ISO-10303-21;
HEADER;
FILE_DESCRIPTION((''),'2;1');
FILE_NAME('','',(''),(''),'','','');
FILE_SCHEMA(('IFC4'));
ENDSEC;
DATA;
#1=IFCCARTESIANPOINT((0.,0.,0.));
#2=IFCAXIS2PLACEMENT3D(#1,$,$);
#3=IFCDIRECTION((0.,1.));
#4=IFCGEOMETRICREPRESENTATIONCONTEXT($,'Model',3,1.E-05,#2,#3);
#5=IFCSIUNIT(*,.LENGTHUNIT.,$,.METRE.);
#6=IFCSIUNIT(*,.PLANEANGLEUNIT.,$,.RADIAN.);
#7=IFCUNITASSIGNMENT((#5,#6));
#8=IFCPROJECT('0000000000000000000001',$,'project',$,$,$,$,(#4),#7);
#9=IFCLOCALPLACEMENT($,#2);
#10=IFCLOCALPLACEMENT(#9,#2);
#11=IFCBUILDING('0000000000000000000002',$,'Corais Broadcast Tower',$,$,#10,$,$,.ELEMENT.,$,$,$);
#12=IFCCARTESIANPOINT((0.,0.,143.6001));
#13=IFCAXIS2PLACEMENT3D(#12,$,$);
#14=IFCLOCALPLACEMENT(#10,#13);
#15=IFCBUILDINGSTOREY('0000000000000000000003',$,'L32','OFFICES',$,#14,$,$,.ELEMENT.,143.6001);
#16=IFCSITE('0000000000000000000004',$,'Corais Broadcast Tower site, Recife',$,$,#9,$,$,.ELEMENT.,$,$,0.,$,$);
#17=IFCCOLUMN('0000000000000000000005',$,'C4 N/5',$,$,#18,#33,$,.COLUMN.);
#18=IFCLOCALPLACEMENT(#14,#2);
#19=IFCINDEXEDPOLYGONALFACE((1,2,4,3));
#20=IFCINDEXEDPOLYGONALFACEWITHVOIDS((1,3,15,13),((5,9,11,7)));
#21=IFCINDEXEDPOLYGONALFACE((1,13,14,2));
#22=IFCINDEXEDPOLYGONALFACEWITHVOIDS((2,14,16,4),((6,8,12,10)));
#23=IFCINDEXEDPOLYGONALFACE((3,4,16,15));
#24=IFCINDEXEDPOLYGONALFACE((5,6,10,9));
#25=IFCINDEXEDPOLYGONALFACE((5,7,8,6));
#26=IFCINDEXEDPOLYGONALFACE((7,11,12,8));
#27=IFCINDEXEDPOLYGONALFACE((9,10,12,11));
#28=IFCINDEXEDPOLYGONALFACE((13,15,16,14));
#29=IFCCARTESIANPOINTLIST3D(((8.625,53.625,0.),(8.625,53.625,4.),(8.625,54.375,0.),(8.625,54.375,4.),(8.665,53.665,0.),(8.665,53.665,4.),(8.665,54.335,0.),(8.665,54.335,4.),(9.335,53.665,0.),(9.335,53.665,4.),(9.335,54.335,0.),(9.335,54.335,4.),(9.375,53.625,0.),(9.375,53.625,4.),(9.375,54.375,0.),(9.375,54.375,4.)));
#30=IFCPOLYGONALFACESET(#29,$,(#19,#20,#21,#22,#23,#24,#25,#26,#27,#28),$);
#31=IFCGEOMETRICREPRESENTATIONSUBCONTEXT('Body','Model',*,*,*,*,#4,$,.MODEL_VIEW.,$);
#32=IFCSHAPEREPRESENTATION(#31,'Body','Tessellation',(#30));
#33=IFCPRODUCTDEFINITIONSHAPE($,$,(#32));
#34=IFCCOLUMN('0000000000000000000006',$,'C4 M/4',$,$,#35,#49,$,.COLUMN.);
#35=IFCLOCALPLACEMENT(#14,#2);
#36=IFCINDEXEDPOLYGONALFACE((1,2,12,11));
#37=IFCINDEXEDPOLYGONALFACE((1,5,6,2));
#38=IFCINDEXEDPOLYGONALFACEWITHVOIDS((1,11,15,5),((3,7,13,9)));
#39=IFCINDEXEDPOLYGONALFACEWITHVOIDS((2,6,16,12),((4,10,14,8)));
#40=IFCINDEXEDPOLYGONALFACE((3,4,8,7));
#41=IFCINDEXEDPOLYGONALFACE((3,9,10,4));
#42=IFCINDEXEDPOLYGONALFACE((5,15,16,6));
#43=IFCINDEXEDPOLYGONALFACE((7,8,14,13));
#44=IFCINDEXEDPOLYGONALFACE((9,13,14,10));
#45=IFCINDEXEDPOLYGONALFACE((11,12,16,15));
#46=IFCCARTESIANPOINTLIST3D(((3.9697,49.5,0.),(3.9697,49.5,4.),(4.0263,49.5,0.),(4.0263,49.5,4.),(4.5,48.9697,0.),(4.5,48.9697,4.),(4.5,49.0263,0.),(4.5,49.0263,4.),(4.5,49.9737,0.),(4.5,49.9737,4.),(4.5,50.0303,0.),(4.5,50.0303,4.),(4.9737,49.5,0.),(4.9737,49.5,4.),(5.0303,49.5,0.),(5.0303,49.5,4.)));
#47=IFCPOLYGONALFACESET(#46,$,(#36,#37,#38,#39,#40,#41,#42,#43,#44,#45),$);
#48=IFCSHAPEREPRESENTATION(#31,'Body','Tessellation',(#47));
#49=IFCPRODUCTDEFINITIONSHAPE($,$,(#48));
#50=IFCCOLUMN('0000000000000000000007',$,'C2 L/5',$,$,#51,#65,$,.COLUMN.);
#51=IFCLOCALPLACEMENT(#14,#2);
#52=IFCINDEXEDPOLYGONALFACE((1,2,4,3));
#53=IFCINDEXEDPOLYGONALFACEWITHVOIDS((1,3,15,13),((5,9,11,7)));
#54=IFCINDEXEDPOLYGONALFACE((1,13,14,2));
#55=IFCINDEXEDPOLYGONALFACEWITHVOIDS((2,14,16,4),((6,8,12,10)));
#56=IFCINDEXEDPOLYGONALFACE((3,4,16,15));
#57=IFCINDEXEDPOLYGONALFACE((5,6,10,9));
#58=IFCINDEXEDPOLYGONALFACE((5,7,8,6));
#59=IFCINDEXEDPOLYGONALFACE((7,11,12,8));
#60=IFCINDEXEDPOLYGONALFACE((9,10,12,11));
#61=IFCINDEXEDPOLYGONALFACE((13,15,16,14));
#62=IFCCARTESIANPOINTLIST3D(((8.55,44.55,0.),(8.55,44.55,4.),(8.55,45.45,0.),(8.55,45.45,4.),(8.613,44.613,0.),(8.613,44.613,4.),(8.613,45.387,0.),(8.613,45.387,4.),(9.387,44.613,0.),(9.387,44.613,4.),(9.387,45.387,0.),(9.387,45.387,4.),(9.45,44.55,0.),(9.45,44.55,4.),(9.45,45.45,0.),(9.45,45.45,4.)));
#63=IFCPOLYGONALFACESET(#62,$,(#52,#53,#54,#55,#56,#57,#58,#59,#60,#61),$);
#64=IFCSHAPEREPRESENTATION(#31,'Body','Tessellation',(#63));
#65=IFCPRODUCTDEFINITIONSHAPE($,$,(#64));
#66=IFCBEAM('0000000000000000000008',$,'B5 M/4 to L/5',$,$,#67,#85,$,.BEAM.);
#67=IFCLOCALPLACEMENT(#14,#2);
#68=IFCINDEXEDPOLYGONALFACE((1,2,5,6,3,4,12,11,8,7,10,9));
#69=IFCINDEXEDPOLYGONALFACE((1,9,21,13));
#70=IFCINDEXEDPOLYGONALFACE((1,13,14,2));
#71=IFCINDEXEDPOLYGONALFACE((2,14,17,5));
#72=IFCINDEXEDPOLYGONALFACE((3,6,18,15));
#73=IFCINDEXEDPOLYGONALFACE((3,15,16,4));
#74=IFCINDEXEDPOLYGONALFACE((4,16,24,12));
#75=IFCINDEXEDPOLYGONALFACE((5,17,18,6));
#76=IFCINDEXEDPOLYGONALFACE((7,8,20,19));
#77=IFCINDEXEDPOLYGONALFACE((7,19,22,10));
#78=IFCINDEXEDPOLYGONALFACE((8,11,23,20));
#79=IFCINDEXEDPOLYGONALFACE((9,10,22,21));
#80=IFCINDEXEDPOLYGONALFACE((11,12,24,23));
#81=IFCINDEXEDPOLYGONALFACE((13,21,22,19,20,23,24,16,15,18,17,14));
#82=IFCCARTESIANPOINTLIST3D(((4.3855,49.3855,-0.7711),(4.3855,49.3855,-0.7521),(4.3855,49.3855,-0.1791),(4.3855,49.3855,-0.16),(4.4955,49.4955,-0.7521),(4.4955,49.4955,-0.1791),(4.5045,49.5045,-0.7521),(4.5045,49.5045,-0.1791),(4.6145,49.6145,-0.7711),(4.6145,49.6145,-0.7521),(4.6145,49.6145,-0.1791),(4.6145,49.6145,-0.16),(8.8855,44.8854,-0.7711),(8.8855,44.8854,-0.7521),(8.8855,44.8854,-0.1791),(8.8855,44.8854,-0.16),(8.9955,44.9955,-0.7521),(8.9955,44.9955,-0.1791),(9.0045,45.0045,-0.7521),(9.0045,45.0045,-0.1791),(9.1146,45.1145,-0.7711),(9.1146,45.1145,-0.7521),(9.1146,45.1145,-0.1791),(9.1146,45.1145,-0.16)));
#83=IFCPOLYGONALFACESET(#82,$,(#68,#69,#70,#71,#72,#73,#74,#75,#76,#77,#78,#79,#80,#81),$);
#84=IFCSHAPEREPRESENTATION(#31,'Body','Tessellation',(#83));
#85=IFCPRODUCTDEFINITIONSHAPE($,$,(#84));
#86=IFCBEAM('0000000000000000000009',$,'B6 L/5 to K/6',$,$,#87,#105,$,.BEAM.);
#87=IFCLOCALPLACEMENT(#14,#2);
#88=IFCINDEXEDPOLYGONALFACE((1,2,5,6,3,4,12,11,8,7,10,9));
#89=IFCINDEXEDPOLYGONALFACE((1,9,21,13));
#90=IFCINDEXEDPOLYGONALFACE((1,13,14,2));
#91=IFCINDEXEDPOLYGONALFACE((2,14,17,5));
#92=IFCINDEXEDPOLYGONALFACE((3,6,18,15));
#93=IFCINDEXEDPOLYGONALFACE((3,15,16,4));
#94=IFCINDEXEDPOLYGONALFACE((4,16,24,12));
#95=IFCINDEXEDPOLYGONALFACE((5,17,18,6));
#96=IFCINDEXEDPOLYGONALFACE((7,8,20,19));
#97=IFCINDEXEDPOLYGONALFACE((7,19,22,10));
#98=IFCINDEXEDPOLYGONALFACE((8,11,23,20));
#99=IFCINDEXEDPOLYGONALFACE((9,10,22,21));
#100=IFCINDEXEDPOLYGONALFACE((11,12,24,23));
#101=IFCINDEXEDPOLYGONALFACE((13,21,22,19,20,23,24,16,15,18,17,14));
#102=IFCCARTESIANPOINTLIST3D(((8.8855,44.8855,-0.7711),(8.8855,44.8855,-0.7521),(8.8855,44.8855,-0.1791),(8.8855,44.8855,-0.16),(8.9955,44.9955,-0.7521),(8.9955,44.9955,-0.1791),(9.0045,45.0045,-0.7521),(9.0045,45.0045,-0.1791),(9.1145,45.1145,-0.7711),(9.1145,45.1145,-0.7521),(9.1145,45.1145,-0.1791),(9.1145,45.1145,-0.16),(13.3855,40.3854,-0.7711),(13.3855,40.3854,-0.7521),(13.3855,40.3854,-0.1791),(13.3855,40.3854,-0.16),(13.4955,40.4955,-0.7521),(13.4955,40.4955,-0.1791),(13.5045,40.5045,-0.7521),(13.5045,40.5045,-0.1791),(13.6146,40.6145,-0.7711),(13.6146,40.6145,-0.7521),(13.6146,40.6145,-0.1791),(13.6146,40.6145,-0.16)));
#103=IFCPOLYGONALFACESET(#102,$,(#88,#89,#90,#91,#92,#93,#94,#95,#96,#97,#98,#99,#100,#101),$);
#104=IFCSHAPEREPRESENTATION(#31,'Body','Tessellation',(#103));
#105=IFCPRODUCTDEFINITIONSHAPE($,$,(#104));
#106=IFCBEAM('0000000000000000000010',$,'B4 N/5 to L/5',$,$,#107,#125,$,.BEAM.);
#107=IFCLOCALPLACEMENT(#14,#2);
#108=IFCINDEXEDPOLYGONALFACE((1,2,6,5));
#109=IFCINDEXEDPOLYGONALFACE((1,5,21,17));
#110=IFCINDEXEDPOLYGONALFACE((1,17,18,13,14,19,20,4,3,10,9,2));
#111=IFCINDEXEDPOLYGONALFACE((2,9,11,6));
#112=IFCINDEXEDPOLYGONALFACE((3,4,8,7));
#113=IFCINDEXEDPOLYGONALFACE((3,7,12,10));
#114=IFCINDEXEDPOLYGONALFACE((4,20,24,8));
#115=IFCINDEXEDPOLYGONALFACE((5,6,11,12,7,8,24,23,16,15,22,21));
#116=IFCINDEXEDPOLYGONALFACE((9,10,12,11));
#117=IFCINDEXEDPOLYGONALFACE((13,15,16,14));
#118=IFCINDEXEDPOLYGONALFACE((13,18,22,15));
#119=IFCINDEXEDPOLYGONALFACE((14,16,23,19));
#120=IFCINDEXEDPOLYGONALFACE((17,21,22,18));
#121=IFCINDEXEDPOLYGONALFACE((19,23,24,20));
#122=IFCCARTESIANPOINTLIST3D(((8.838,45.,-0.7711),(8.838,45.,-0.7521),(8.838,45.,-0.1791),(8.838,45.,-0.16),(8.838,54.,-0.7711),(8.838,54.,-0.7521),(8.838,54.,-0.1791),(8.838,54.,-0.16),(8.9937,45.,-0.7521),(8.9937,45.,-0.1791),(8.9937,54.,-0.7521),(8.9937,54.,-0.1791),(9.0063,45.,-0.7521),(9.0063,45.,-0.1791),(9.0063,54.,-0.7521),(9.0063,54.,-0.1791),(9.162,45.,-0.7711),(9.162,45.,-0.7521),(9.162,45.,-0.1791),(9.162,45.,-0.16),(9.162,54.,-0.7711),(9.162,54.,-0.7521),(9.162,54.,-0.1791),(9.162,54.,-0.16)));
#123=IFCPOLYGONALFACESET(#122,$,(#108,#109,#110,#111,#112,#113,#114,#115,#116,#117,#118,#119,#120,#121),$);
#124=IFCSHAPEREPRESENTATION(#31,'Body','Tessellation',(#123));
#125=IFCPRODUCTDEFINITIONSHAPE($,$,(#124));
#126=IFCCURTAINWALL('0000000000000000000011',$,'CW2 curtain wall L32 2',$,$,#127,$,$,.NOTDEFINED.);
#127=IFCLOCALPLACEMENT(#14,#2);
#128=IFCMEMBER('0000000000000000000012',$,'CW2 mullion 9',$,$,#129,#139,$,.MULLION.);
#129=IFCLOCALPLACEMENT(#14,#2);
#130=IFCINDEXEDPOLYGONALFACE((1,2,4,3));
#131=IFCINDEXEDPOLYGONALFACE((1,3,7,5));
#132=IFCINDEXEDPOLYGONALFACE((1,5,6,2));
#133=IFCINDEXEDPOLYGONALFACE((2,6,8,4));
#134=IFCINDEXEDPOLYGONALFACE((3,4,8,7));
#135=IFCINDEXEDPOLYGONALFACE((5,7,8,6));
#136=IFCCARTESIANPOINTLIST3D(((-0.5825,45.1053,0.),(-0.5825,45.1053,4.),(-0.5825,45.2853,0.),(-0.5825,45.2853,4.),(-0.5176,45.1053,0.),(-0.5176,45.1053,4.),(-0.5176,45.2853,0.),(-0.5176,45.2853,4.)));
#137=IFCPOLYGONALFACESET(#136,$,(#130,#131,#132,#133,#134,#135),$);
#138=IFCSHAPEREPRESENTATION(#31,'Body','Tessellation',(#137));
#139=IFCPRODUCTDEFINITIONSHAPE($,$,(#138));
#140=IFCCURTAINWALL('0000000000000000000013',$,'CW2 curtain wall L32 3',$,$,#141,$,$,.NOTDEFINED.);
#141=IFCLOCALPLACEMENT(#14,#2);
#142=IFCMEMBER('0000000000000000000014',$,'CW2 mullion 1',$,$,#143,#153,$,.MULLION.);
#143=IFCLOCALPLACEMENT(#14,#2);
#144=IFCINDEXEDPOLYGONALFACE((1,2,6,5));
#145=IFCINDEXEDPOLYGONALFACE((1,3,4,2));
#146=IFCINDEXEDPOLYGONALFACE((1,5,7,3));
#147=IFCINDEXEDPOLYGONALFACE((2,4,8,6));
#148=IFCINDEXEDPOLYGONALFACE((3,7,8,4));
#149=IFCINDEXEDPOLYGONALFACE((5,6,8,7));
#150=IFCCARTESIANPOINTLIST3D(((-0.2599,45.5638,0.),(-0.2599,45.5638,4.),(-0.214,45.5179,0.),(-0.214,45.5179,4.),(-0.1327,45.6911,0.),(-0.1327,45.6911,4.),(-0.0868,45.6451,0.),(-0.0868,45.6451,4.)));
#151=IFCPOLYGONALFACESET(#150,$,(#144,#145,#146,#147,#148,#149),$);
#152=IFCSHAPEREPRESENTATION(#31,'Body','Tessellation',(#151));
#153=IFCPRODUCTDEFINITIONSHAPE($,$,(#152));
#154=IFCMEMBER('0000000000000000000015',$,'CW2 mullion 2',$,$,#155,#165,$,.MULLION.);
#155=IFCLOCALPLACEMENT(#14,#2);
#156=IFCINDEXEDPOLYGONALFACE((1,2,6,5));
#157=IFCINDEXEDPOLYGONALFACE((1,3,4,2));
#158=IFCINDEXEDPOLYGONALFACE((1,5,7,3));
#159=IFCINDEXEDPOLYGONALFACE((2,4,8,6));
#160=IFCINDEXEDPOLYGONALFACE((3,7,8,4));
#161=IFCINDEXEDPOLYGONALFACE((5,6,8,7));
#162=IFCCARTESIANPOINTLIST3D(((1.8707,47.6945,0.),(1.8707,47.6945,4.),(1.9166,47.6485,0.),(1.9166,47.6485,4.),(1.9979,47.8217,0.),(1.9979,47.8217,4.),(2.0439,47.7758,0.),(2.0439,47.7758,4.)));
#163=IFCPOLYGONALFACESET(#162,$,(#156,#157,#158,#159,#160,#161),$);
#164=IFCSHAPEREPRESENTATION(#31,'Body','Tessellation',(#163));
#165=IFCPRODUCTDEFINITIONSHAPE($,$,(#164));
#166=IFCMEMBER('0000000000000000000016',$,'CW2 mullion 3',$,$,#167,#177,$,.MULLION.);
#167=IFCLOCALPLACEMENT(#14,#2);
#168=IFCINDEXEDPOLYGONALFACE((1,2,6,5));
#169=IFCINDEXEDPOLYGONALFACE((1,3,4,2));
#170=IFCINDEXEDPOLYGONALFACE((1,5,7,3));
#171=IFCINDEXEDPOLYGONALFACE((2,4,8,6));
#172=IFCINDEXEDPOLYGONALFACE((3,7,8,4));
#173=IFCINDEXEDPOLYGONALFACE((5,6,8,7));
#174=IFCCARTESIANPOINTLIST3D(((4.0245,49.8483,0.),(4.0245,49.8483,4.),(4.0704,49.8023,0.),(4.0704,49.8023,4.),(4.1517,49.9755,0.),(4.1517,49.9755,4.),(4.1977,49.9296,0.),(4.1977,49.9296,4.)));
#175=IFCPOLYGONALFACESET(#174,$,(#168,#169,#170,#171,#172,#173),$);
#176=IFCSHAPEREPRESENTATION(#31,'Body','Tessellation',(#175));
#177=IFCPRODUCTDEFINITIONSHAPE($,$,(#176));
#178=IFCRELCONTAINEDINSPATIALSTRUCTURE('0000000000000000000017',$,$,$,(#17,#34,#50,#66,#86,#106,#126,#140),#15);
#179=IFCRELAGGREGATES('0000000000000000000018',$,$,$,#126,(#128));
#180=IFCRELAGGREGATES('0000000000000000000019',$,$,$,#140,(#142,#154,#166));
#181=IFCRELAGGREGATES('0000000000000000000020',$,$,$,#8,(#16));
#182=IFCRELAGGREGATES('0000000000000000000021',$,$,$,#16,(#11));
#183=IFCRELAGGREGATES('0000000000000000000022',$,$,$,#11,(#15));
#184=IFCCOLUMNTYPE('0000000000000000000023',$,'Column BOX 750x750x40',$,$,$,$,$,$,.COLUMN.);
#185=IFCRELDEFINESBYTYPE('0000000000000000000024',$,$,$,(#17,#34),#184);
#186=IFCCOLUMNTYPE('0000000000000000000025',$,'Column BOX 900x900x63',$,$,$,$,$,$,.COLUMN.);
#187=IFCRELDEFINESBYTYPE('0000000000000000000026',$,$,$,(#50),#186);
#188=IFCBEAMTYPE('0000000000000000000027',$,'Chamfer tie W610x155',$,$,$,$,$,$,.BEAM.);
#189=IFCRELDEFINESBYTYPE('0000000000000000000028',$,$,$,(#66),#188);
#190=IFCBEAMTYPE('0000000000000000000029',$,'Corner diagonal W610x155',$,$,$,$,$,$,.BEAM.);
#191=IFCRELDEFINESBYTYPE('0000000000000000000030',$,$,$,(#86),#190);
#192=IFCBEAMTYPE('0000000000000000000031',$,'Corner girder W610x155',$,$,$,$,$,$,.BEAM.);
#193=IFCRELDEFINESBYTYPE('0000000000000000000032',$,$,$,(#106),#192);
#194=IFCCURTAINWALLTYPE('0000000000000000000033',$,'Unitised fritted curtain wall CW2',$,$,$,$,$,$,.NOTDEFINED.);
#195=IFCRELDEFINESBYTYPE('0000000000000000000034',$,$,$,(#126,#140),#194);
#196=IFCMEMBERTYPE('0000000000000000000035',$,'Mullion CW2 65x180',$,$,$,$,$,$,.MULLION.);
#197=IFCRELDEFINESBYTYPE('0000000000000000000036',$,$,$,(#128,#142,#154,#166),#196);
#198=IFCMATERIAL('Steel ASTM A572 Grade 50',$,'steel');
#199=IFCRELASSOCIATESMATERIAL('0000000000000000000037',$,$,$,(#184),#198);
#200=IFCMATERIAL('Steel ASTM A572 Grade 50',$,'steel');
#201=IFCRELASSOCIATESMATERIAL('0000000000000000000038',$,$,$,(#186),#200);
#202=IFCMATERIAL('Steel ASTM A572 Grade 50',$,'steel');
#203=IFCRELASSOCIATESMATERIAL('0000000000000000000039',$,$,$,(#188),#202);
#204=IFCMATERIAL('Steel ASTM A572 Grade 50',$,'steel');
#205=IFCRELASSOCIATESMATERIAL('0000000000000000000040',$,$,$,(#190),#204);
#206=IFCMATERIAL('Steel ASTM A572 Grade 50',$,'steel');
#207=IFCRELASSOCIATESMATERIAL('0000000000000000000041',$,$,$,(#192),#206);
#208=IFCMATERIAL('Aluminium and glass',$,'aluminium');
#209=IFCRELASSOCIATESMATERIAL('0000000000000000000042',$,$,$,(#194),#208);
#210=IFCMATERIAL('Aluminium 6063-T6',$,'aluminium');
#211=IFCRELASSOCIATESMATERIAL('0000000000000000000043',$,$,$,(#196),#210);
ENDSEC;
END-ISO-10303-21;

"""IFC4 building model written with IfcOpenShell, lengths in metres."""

from ifc_helpers import new_model, si_unit, direction, frame, origin, origin_2d, place, context, subcontext, project, spatial, rectangle, hollow_rectangle, i_section, extrude, material, material_profile, profile_set, type_object, element, aggregate, save


model = new_model("IFC4")

# Units and contexts
model_context = context("Model", 3, precision=1e-05, world=origin(), true_north=direction((0.0, 1.0)))
body_context = subcontext(model_context, "Body", "Model", "MODEL_VIEW")
ifc_project = project(units=[si_unit("LENGTHUNIT", "METRE"), si_unit("PLANEANGLEUNIT", "RADIAN")], contexts=[model_context])

# Site, building, storey
site_placement = place(None, origin())
site = spatial("IfcSite", under=ifc_project, at=site_placement, Name="Corais Broadcast Tower site, Recife", CompositionType="ELEMENT", RefElevation=0.0)
building_placement = place(site_placement, origin())
building = spatial("IfcBuilding", under=site, at=building_placement, Name="Corais Broadcast Tower", CompositionType="ELEMENT")
storey_placement = place(building_placement, frame((0.0, 0.0, 143.6001)))
storey = spatial("IfcBuildingStorey", under=building, at=storey_placement, Name="L32", Description="OFFICES", CompositionType="ELEMENT", Elevation=143.6001)

# Columns
ifc_material_1 = material(Name="Steel ASTM A572 Grade 50", Category="steel")
ifc_material_profile_1 = material_profile(ifc_material_1, hollow_rectangle(XDim=0.75, YDim=0.75, WallThickness=0.04, at=origin_2d()), Name="BOX 750x750x40")
ifc_profile_set_1 = profile_set([ifc_material_profile_1], Name="Steel ASTM A572 Grade 50")
column_type_1 = type_object("IfcColumnType", Name="Column BOX 750x750x40", PredefinedType="COLUMN", material=ifc_profile_set_1)
for number, where, z_axis, x_axis, name in (
    (1, (9.0, 54.0, 0.0), (0.0, 0.0, 1.0), (1.0, 0.0, 0.0), "C4 N/5"),
    (2, (4.5, 49.5, 0.0), (0.0, 0.0, 1.0), (0.707107, 0.707107, 0.0), "C4 M/4"),
):
    element("IfcColumn", number, at=place(storey_placement, frame(where, z_axis=z_axis, x_axis=x_axis)), inside=storey, type_object=column_type_1, Name=name, PredefinedType="COLUMN", context=body_context, shape_type="SweptSolid", body=[
        extrude(hollow_rectangle(XDim=0.75, YDim=0.75, WallThickness=0.04, at=origin_2d()), origin(), (0.0, 0.0, 1.0), 4.0),
    ])
ifc_material_2 = material(Name="Steel ASTM A572 Grade 50", Category="steel")
ifc_material_profile_2 = material_profile(ifc_material_2, hollow_rectangle(XDim=0.8999, YDim=0.8999, WallThickness=0.063, at=origin_2d()), Name="BOX 900x900x63")
ifc_profile_set_2 = profile_set([ifc_material_profile_2], Name="Steel ASTM A572 Grade 50")
column_type_2 = type_object("IfcColumnType", Name="Column BOX 900x900x63", PredefinedType="COLUMN", material=ifc_profile_set_2)
column_placement = place(storey_placement, frame((9.0, 45.0, 0.0), z_axis=(0.0, 0.0, 1.0), x_axis=(1.0, 0.0, 0.0)))
element("IfcColumn", 3, at=column_placement, inside=storey, type_object=column_type_2, Name="C2 L/5", PredefinedType="COLUMN", context=body_context, shape_type="SweptSolid", body=[
    extrude(hollow_rectangle(XDim=0.8999, YDim=0.8999, WallThickness=0.063, at=origin_2d()), origin(), (0.0, 0.0, 1.0), 4.0),
])

# Beams
ifc_material_3 = material(Name="Steel ASTM A572 Grade 50", Category="steel")
ifc_material_profile_3 = material_profile(ifc_material_3, i_section(OverallWidth=0.324, OverallDepth=0.6111, WebThickness=0.0127, FlangeThickness=0.019, at=origin_2d()), Name="W610x155")
ifc_profile_set_3 = profile_set([ifc_material_profile_3], Name="Steel ASTM A572 Grade 50")
beam_type_1 = type_object("IfcBeamType", Name="Chamfer tie W610x155", PredefinedType="BEAM", material=ifc_profile_set_3)
beam_1_placement = place(storey_placement, frame((4.5, 49.5, -0.4656), z_axis=(0.707107, -0.707107, 0.0), x_axis=(0.707107, 0.707107, 0.0)))
element("IfcBeam", 4, at=beam_1_placement, inside=storey, type_object=beam_type_1, Name="B5 M/4 to L/5", PredefinedType="BEAM", context=body_context, shape_type="SweptSolid", body=[
    extrude(i_section(OverallWidth=0.324, OverallDepth=0.6111, WebThickness=0.0127, FlangeThickness=0.019, at=origin_2d()), origin(), (0.0, 0.0, 1.0), 6.364),
])
ifc_material_4 = material(Name="Steel ASTM A572 Grade 50", Category="steel")
ifc_material_profile_4 = material_profile(ifc_material_4, i_section(OverallWidth=0.324, OverallDepth=0.6111, WebThickness=0.0127, FlangeThickness=0.019, at=origin_2d()), Name="W610x155")
ifc_profile_set_4 = profile_set([ifc_material_profile_4], Name="Steel ASTM A572 Grade 50")
beam_type_2 = type_object("IfcBeamType", Name="Corner diagonal W610x155", PredefinedType="BEAM", material=ifc_profile_set_4)
beam_2_placement = place(storey_placement, frame((9.0, 45.0, -0.4656), z_axis=(0.707107, -0.707107, 0.0), x_axis=(0.707107, 0.707107, 0.0)))
element("IfcBeam", 5, at=beam_2_placement, inside=storey, type_object=beam_type_2, Name="B6 L/5 to K/6", PredefinedType="BEAM", context=body_context, shape_type="SweptSolid", body=[
    extrude(i_section(OverallWidth=0.324, OverallDepth=0.6111, WebThickness=0.0127, FlangeThickness=0.019, at=origin_2d()), origin(), (0.0, 0.0, 1.0), 6.364),
])
ifc_material_5 = material(Name="Steel ASTM A572 Grade 50", Category="steel")
ifc_material_profile_5 = material_profile(ifc_material_5, i_section(OverallWidth=0.324, OverallDepth=0.6111, WebThickness=0.0127, FlangeThickness=0.019, at=origin_2d()), Name="W610x155")
ifc_profile_set_5 = profile_set([ifc_material_profile_5], Name="Steel ASTM A572 Grade 50")
beam_type_3 = type_object("IfcBeamType", Name="Corner girder W610x155", PredefinedType="BEAM", material=ifc_profile_set_5)
beam_3_placement = place(storey_placement, frame((9.0, 54.0, -0.4656), z_axis=(0.0, -1.0, 0.0), x_axis=(1.0, 0.0, 0.0)))
element("IfcBeam", 6, at=beam_3_placement, inside=storey, type_object=beam_type_3, Name="B4 N/5 to L/5", PredefinedType="BEAM", context=body_context, shape_type="SweptSolid", body=[
    extrude(i_section(OverallWidth=0.324, OverallDepth=0.6111, WebThickness=0.0127, FlangeThickness=0.019, at=origin_2d()), origin(), (0.0, 0.0, 1.0), 9.0),
])

# Curtain wall, member
ifc_material_6 = material(Name="Aluminium and glass", Category="aluminium")
curtain_wall_type = type_object("IfcCurtainWallType", Name="Unitised fritted curtain wall CW2", PredefinedType="NOTDEFINED", material=ifc_material_6)
curtain_wall_1_placement = place(storey_placement, origin())
curtain_wall_1 = element("IfcCurtainWall", 7, at=curtain_wall_1_placement, inside=storey, type_object=curtain_wall_type, Name="CW2 curtain wall L32 2", PredefinedType="NOTDEFINED")
ifc_material_7 = material(Name="Aluminium 6063-T6", Category="aluminium")
ifc_material_profile_6 = material_profile(ifc_material_7, rectangle(XDim=0.0649, YDim=0.1799, at=origin_2d()), Name="Mullion CW2 65x180")
ifc_profile_set_6 = profile_set([ifc_material_profile_6], Name="Aluminium 6063-T6")
member_type_1 = type_object("IfcMemberType", Name="Mullion CW2 65x180", PredefinedType="MULLION", material=ifc_profile_set_6)
member_1_placement = place(storey_placement, frame((-0.55, 45.1953, 0.0), z_axis=(0.0, 0.0, 1.0), x_axis=(-1.0, 0.0, 0.0)))
member_1 = element("IfcMember", 8, at=member_1_placement, type_object=member_type_1, Name="CW2 mullion 9", PredefinedType="MULLION", context=body_context, shape_type="SweptSolid", body=[
    extrude(rectangle(XDim=0.0649, YDim=0.1799, at=origin_2d()), origin(), (0.0, 0.0, 1.0), 4.0),
])
aggregate(curtain_wall_1, [member_1])

# Curtain wall, members
curtain_wall_2_placement = place(storey_placement, origin())
curtain_wall_2 = element("IfcCurtainWall", 9, at=curtain_wall_2_placement, inside=storey, type_object=curtain_wall_type, Name="CW2 curtain wall L32 3", PredefinedType="NOTDEFINED")
member_2_placement = place(storey_placement, frame((-0.1733, 45.6045, 0.0), z_axis=(0.0, 0.0, 1.0), x_axis=(-0.707107, 0.707107, 0.0)))
member_2 = element("IfcMember", 10, at=member_2_placement, type_object=member_type_1, Name="CW2 mullion 1", PredefinedType="MULLION", context=body_context, shape_type="SweptSolid", body=[
    extrude(rectangle(XDim=0.0649, YDim=0.1799, at=origin_2d()), origin(), (0.0, 0.0, 1.0), 4.0),
])
member_3_placement = place(storey_placement, frame((1.9573, 47.7351, 0.0), z_axis=(0.0, 0.0, 1.0), x_axis=(-0.707107, 0.707107, 0.0)))
member_3 = element("IfcMember", 11, at=member_3_placement, type_object=member_type_1, Name="CW2 mullion 2", PredefinedType="MULLION", context=body_context, shape_type="SweptSolid", body=[
    extrude(rectangle(XDim=0.0649, YDim=0.1799, at=origin_2d()), origin(), (0.0, 0.0, 1.0), 4.0),
])
member_4_placement = place(storey_placement, frame((4.1111, 49.8889, 0.0), z_axis=(0.0, 0.0, 1.0), x_axis=(-0.707107, 0.707107, 0.0)))
member_4 = element("IfcMember", 12, at=member_4_placement, type_object=member_type_1, Name="CW2 mullion 3", PredefinedType="MULLION", context=body_context, shape_type="SweptSolid", body=[
    extrude(rectangle(XDim=0.0649, YDim=0.1799, at=origin_2d()), origin(), (0.0, 0.0, 1.0), 4.0),
])

aggregate(curtain_wall_2, [member_2, member_3, member_4])

save(model, "model.ifc")
